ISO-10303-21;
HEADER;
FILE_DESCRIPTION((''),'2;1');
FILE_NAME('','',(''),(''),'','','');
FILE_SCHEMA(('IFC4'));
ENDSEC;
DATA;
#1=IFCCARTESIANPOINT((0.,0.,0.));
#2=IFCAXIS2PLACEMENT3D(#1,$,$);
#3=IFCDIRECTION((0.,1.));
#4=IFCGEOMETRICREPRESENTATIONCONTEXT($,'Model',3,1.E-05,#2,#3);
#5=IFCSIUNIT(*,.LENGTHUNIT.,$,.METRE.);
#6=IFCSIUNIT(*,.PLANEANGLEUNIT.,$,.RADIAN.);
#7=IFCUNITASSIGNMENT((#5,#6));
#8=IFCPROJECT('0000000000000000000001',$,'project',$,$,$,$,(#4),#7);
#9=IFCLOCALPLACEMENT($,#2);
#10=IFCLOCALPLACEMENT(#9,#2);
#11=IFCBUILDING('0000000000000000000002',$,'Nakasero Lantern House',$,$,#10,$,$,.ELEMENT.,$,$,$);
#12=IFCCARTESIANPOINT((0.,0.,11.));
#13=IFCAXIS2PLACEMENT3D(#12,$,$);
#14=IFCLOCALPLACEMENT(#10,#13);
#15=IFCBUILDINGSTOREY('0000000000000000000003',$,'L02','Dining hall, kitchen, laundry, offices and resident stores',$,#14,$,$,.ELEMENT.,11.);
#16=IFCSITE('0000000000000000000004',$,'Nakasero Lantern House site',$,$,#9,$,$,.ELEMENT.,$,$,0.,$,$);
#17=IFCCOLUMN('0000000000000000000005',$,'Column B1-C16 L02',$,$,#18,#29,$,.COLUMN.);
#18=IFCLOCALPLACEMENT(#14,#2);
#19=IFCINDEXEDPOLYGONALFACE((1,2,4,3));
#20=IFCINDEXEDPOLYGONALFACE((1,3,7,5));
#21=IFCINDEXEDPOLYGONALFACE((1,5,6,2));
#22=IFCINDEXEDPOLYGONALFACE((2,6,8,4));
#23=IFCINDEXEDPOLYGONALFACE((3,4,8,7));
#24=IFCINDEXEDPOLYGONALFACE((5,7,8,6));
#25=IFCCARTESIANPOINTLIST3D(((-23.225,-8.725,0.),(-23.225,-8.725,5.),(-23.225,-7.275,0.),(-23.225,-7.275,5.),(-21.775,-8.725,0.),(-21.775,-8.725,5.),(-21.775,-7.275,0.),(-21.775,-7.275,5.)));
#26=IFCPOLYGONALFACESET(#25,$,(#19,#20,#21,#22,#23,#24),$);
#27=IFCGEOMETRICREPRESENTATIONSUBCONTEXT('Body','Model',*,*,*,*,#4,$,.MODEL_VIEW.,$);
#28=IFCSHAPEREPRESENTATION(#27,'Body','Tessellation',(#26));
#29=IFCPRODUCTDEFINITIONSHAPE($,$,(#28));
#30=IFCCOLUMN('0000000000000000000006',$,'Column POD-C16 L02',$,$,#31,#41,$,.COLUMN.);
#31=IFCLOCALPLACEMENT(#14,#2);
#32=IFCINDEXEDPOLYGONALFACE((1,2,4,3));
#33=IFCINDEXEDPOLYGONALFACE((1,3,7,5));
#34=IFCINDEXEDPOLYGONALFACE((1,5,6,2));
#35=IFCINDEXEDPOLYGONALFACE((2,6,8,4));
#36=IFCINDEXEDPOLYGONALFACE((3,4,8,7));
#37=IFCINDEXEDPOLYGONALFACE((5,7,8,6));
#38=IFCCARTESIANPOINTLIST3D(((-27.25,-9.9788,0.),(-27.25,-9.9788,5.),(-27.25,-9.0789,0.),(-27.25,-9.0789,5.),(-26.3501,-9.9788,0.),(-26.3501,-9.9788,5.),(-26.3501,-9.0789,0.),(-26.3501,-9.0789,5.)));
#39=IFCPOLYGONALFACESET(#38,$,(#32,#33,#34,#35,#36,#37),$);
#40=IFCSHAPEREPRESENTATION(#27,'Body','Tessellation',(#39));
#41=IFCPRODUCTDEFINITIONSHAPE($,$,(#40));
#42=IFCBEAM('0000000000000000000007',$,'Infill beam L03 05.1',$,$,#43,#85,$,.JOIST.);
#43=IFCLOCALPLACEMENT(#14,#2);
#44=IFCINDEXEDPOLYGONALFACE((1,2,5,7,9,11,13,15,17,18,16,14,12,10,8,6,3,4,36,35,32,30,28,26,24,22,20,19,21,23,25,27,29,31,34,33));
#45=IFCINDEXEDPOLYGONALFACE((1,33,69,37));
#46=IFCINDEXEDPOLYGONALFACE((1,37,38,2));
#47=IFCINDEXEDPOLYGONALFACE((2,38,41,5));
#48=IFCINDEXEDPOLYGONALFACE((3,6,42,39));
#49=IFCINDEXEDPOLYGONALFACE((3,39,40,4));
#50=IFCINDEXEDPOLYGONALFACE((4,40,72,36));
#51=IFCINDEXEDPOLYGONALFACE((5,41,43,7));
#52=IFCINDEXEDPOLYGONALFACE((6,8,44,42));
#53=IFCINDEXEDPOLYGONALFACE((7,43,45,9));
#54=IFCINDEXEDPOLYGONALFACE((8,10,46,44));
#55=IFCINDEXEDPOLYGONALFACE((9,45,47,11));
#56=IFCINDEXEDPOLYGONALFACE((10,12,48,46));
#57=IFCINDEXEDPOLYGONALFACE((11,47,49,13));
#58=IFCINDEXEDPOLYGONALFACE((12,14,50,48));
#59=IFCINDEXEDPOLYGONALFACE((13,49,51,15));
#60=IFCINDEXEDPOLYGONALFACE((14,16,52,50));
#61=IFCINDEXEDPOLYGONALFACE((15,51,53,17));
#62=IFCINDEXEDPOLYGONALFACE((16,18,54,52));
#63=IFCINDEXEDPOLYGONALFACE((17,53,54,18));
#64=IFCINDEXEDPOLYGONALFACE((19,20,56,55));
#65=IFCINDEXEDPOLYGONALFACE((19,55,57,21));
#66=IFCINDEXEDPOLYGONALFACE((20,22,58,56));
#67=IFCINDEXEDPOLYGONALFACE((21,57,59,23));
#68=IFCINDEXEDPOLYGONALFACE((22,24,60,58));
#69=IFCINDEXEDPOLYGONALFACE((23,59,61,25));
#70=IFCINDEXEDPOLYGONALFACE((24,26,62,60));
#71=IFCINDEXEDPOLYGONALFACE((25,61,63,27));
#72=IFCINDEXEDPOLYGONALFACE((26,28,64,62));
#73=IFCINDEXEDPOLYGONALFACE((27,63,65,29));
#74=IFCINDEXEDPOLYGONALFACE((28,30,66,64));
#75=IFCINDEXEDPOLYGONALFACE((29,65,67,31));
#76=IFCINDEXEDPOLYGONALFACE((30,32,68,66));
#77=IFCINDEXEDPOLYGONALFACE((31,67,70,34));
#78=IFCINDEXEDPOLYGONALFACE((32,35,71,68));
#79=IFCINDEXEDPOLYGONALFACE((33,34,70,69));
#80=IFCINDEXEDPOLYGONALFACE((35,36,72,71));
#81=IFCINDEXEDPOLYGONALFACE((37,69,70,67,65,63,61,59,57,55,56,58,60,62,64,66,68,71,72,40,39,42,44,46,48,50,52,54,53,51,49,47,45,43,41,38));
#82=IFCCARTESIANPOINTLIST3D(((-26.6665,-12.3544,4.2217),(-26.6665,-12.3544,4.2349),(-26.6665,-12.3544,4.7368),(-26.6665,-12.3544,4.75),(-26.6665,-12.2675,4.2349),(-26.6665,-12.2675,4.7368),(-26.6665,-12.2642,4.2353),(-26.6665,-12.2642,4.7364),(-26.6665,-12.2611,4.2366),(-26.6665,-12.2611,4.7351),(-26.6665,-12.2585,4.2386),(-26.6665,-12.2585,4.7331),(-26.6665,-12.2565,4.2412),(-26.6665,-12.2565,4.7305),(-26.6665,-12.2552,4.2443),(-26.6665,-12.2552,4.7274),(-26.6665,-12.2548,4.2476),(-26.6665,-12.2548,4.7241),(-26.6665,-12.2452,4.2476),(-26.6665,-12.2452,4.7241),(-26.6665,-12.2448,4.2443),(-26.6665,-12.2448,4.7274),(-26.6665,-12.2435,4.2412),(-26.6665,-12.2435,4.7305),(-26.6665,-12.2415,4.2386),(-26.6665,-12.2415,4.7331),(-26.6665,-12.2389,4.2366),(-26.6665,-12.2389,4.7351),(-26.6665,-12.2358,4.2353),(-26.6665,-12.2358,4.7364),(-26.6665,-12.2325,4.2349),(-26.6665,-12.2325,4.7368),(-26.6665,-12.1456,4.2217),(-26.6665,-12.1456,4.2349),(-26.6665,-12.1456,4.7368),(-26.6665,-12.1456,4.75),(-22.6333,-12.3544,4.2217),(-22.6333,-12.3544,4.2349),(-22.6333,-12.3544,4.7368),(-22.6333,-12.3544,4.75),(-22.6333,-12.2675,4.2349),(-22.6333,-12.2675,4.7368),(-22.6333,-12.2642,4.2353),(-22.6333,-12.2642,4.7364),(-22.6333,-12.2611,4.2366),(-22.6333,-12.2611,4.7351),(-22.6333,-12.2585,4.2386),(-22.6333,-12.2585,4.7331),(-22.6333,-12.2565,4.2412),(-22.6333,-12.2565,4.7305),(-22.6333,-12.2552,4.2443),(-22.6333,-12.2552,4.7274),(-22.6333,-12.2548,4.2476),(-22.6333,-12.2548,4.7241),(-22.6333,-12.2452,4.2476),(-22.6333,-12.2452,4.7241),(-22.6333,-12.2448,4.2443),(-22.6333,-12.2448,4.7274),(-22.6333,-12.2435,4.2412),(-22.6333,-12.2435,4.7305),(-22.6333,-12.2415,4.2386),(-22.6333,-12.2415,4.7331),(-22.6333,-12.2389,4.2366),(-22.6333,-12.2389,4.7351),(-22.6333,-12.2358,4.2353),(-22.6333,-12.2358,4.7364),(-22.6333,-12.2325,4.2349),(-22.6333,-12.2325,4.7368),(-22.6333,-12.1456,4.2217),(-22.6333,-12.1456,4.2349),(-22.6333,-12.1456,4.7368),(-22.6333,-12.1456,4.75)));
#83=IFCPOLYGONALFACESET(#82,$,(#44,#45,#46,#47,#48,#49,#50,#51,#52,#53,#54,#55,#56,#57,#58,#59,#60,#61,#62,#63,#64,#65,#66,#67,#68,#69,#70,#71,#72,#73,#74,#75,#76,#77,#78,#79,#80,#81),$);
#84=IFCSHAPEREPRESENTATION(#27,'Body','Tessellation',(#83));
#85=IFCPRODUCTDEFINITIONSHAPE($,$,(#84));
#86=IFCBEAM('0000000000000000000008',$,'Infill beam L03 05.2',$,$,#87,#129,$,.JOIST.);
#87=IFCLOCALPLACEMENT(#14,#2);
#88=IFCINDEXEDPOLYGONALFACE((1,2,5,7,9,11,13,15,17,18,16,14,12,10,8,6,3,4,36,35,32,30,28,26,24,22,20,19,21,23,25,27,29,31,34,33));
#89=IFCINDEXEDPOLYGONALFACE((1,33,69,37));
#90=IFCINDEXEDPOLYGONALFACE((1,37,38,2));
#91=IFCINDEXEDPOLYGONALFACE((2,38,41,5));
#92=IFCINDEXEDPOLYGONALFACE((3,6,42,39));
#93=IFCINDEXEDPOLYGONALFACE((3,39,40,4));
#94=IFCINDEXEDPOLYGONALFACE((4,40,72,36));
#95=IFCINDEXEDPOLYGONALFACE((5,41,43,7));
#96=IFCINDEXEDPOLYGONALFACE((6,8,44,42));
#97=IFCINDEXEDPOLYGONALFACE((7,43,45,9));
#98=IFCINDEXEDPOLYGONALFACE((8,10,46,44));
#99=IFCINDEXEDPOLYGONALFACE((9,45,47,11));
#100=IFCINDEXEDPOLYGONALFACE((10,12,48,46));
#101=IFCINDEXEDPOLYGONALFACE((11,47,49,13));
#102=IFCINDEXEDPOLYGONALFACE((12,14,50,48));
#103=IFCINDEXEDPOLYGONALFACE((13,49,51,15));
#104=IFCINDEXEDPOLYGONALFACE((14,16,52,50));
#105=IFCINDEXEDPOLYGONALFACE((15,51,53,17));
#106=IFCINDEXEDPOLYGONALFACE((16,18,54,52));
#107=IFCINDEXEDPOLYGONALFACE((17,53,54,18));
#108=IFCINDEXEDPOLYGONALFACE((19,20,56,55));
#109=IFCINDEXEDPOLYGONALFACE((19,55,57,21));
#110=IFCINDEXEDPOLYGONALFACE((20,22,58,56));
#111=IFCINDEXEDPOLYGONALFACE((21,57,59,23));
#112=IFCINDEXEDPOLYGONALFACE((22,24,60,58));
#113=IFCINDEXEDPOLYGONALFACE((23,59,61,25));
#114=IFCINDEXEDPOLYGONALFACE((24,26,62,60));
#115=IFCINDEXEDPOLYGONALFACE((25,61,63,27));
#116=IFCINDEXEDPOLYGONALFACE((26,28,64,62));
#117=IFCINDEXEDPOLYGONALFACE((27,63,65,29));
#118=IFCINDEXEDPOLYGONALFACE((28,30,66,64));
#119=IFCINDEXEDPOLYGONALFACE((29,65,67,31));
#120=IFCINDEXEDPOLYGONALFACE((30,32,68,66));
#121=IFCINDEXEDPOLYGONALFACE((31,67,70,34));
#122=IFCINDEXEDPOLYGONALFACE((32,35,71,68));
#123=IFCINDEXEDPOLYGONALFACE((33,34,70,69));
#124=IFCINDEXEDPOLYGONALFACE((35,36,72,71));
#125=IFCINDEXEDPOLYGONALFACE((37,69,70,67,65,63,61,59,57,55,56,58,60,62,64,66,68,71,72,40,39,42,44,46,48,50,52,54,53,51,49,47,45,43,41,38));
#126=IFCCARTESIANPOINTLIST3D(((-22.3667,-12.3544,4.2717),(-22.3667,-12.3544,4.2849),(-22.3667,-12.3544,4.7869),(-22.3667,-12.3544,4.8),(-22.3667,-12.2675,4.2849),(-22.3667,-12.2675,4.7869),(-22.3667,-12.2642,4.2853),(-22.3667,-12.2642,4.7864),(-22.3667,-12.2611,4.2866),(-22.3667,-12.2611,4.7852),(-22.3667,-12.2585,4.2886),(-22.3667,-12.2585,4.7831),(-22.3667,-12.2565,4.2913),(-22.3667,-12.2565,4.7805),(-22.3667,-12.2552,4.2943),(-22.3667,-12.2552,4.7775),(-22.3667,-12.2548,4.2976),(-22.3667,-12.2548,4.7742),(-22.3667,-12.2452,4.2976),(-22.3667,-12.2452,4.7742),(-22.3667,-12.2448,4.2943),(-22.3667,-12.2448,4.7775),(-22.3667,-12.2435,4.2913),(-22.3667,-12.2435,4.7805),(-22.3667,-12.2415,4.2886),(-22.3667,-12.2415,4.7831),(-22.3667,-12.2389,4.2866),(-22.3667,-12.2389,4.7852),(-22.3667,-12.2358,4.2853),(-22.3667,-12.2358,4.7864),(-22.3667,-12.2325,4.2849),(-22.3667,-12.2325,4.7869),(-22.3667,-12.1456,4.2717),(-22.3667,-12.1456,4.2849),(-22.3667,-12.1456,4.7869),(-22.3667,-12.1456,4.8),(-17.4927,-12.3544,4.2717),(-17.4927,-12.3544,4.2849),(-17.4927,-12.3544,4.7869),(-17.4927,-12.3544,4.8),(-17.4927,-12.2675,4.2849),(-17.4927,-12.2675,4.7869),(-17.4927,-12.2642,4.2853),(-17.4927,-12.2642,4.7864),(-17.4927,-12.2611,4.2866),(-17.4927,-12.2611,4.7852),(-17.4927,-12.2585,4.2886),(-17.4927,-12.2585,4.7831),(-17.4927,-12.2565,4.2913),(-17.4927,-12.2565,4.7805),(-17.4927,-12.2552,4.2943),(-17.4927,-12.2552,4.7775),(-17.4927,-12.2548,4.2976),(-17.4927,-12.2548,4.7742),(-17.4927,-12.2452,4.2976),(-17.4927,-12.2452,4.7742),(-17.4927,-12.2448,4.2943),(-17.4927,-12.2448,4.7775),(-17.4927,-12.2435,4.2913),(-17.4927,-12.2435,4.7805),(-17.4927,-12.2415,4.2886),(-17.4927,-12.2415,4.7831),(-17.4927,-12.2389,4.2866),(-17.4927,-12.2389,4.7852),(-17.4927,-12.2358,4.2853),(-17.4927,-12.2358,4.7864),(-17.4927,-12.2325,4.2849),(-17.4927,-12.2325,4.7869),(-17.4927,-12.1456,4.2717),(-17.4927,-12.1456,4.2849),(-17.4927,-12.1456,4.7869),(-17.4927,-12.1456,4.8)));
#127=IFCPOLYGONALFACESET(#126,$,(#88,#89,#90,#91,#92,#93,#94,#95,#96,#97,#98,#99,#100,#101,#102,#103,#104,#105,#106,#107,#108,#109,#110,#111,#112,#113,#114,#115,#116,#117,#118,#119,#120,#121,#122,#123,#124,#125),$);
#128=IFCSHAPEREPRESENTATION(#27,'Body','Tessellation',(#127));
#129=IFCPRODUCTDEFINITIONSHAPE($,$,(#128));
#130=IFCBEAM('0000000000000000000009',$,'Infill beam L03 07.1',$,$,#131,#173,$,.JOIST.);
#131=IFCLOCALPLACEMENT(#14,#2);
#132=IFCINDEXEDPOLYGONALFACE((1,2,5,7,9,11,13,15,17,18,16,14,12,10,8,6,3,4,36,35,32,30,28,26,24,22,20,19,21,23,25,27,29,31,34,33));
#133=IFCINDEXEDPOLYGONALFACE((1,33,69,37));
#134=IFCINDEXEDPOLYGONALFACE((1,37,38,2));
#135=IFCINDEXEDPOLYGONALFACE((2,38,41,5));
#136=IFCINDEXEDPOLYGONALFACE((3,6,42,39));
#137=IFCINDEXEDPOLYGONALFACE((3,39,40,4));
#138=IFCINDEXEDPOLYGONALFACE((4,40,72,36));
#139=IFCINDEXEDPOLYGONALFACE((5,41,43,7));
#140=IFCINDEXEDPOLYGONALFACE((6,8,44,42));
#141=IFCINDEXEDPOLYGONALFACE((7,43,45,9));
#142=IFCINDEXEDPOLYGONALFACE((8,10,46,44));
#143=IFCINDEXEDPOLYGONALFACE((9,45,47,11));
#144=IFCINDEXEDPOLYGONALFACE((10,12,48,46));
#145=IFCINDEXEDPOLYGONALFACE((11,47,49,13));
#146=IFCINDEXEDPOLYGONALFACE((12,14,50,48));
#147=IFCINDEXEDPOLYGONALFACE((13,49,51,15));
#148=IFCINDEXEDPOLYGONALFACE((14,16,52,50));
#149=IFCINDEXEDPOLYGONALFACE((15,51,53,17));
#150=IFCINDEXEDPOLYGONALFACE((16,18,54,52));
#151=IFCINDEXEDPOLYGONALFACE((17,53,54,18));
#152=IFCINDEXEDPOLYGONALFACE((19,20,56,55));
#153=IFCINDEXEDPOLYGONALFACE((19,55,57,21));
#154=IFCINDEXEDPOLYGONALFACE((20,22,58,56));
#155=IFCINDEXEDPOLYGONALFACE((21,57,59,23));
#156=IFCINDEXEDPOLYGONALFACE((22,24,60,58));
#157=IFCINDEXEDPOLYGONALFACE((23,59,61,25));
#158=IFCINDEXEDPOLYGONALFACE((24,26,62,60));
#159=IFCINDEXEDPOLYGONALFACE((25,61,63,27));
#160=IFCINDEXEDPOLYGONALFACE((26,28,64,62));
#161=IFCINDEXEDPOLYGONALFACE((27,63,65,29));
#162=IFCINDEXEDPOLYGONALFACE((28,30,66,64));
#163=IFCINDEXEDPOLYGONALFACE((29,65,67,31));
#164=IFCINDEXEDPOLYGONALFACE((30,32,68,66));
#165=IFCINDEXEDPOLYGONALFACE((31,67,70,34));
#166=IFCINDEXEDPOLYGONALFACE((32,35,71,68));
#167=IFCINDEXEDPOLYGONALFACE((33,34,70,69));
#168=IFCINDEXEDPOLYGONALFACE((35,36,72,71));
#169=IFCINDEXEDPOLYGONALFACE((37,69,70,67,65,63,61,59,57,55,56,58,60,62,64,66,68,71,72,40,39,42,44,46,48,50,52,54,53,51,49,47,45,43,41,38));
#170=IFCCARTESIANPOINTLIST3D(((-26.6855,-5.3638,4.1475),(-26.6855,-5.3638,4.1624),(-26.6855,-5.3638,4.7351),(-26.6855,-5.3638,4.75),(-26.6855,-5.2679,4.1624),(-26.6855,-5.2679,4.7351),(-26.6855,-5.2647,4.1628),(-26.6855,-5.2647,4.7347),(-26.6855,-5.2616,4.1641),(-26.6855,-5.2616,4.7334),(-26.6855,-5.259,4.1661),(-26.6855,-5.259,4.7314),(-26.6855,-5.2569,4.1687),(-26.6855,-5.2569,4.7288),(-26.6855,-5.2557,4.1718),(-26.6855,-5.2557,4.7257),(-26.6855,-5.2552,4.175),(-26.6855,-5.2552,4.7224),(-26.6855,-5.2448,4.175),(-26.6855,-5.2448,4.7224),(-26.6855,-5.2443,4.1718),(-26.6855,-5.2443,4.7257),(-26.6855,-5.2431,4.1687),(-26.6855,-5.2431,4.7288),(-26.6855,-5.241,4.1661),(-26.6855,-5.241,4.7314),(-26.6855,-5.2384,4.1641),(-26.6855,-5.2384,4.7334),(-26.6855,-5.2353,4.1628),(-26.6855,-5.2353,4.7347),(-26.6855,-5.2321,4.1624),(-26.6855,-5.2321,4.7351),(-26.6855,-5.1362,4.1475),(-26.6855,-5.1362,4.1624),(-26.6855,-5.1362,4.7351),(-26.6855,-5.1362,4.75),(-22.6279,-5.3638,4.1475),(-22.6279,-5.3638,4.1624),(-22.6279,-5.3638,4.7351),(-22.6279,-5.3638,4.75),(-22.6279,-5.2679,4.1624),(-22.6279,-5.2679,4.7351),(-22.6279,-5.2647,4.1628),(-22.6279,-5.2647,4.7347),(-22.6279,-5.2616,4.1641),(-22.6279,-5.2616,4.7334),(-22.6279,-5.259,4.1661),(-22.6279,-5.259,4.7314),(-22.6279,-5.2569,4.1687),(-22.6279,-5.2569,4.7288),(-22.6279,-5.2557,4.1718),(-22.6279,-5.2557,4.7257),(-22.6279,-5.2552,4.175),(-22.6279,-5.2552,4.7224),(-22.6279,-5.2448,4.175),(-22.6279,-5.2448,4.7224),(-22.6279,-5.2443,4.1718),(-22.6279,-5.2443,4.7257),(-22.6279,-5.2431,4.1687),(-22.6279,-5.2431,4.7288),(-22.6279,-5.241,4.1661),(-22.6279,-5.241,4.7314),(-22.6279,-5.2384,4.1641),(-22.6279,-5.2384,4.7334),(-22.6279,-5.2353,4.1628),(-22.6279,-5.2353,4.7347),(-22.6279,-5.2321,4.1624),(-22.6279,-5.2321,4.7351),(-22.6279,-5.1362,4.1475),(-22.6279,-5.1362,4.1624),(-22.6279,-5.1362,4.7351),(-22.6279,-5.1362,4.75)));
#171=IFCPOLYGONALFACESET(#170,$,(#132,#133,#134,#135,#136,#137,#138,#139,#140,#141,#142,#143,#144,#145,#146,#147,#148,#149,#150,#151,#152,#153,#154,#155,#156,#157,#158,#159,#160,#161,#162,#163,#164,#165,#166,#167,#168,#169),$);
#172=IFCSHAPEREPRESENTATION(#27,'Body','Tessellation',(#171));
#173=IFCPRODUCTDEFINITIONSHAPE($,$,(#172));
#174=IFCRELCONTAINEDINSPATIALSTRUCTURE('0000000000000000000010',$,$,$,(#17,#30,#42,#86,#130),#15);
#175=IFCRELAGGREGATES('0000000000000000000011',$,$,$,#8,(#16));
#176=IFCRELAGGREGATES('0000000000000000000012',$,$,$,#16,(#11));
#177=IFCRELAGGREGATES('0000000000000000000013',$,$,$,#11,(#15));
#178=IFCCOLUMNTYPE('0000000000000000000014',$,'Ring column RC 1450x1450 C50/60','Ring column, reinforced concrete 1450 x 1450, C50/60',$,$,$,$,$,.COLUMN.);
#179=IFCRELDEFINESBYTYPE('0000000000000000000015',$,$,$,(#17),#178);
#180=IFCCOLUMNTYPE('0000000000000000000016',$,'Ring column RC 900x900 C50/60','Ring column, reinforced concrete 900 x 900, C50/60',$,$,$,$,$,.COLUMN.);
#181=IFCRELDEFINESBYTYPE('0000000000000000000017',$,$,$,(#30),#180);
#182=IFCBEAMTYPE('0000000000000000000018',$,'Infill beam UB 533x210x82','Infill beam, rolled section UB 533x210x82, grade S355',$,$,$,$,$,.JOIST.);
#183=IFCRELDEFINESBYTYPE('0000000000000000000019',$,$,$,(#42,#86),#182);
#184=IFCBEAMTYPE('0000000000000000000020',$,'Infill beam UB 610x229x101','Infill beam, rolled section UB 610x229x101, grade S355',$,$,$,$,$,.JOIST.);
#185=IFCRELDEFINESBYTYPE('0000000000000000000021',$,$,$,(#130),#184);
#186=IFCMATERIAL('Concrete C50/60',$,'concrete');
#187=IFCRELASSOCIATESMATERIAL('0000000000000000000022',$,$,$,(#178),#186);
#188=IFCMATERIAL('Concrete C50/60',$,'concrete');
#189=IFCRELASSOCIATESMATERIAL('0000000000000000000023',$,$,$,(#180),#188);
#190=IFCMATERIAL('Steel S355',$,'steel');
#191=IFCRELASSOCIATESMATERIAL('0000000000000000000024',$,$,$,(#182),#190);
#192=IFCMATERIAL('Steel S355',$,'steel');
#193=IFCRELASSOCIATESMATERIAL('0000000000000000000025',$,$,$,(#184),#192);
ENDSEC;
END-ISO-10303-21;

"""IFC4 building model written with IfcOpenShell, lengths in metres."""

from ifc_helpers import new_model, si_unit, direction, frame, origin, origin_2d, place, context, subcontext, project, spatial, rectangle, i_section, extrude, material, material_profile, profile_set, type_object, element, save


model = new_model("IFC4")

# Units and contexts
model_context = context("Model", 3, precision=1e-05, world=origin(), true_north=direction((0.0, 1.0)))
body_context = subcontext(model_context, "Body", "Model", "MODEL_VIEW")
ifc_project = project(units=[si_unit("LENGTHUNIT", "METRE"), si_unit("PLANEANGLEUNIT", "RADIAN")], contexts=[model_context])

# Site, building, storey
site_placement = place(None, origin())
site = spatial("IfcSite", under=ifc_project, at=site_placement, Name="Nakasero Lantern House site", CompositionType="ELEMENT", RefElevation=0.0)
building_placement = place(site_placement, origin())
building = spatial("IfcBuilding", under=site, at=building_placement, Name="Nakasero Lantern House", CompositionType="ELEMENT")
storey_placement = place(building_placement, frame((0.0, 0.0, 11.0)))
storey = spatial("IfcBuildingStorey", under=building, at=storey_placement, Name="L02", Description="Dining hall, kitchen, laundry, offices and resident stores", CompositionType="ELEMENT", Elevation=11.0)

# Columns
ifc_material_1 = material(Name="Concrete C50/60", Category="concrete")
ifc_material_profile_1 = material_profile(ifc_material_1, rectangle(XDim=1.45, YDim=1.45, at=origin_2d()), Name="RC 1450x1450")
ifc_profile_set_1 = profile_set([ifc_material_profile_1], Name="Concrete C50/60")
column_type_1 = type_object("IfcColumnType", Name="Ring column RC 1450x1450 C50/60", Description="Ring column, reinforced concrete 1450 x 1450, C50/60", PredefinedType="COLUMN", material=ifc_profile_set_1)
column_1_placement = place(storey_placement, frame((-22.5, -8.0, 0.0), z_axis=(0.0, 0.0, 1.0), x_axis=(1.0, 0.0, 0.0)))
element("IfcColumn", 1, at=column_1_placement, inside=storey, type_object=column_type_1, Name="Column B1-C16 L02", PredefinedType="COLUMN", context=body_context, shape_type="SweptSolid", body=[
    extrude(rectangle(XDim=1.45, YDim=1.45, at=origin_2d()), origin(), (0.0, 0.0, 1.0), 5.0),
])
ifc_material_2 = material(Name="Concrete C50/60", Category="concrete")
ifc_material_profile_2 = material_profile(ifc_material_2, rectangle(XDim=0.8999, YDim=0.8999, at=origin_2d()), Name="RC 900x900")
ifc_profile_set_2 = profile_set([ifc_material_profile_2], Name="Concrete C50/60")
column_type_2 = type_object("IfcColumnType", Name="Ring column RC 900x900 C50/60", Description="Ring column, reinforced concrete 900 x 900, C50/60", PredefinedType="COLUMN", material=ifc_profile_set_2)
column_2_placement = place(storey_placement, frame((-26.8, -9.5288, 0.0), z_axis=(0.0, 0.0, 1.0), x_axis=(1.0, 0.0, 0.0)))
element("IfcColumn", 2, at=column_2_placement, inside=storey, type_object=column_type_2, Name="Column POD-C16 L02", PredefinedType="COLUMN", context=body_context, shape_type="SweptSolid", body=[
    extrude(rectangle(XDim=0.8999, YDim=0.8999, at=origin_2d()), origin(), (0.0, 0.0, 1.0), 5.0),
])

# Beams
ifc_material_3 = material(Name="Steel S355", Category="steel")
ifc_material_profile_3 = material_profile(ifc_material_3, i_section(OverallWidth=0.2087, OverallDepth=0.5283, WebThickness=0.0095, FlangeThickness=0.0132, FilletRadius=0.0127, at=origin_2d()), Name="UB 533x210x82")
ifc_profile_set_3 = profile_set([ifc_material_profile_3], Name="Steel S355")
beam_type_1 = type_object("IfcBeamType", Name="Infill beam UB 533x210x82", Description="Infill beam, rolled section UB 533x210x82, grade S355", PredefinedType="JOIST", material=ifc_profile_set_3)
beam_1_placement = place(storey_placement, frame((-26.6665, -12.25, 4.4858), z_axis=(1.0, 0.0, 0.0), x_axis=(0.0, 1.0, 0.0)))
element("IfcBeam", 3, at=beam_1_placement, inside=storey, type_object=beam_type_1, Name="Infill beam L03 05.1", PredefinedType="JOIST", context=body_context, shape_type="SweptSolid", body=[
    extrude(i_section(OverallWidth=0.2087, OverallDepth=0.5283, WebThickness=0.0095, FlangeThickness=0.0132, FilletRadius=0.0127, at=origin_2d()), origin(), (0.0, 0.0, 1.0), 4.0332),
])
beam_2_placement = place(storey_placement, frame((-22.3667, -12.25, 4.5359), z_axis=(1.0, 0.0, 0.0), x_axis=(0.0, 1.0, 0.0)))
element("IfcBeam", 4, at=beam_2_placement, inside=storey, type_object=beam_type_1, Name="Infill beam L03 05.2", PredefinedType="JOIST", context=body_context, shape_type="SweptSolid", body=[
    extrude(i_section(OverallWidth=0.2087, OverallDepth=0.5283, WebThickness=0.0095, FlangeThickness=0.0132, FilletRadius=0.0127, at=origin_2d()), origin(), (0.0, 0.0, 1.0), 4.874),
])
ifc_material_4 = material(Name="Steel S355", Category="steel")
ifc_material_profile_4 = material_profile(ifc_material_4, i_section(OverallWidth=0.2275, OverallDepth=0.6025, WebThickness=0.0105, FlangeThickness=0.0149, FilletRadius=0.0127, at=origin_2d()), Name="UB 610x229x101")
ifc_profile_set_4 = profile_set([ifc_material_profile_4], Name="Steel S355")
beam_type_2 = type_object("IfcBeamType", Name="Infill beam UB 610x229x101", Description="Infill beam, rolled section UB 610x229x101, grade S355", PredefinedType="JOIST", material=ifc_profile_set_4)
beam_3_placement = place(storey_placement, frame((-26.6855, -5.25, 4.4487), z_axis=(1.0, 0.0, 0.0), x_axis=(0.0, 1.0, 0.0)))
element("IfcBeam", 5, at=beam_3_placement, inside=storey, type_object=beam_type_2, Name="Infill beam L03 07.1", PredefinedType="JOIST", context=body_context, shape_type="SweptSolid", body=[
    extrude(i_section(OverallWidth=0.2275, OverallDepth=0.6025, WebThickness=0.0105, FlangeThickness=0.0149, FilletRadius=0.0127, at=origin_2d()), origin(), (0.0, 0.0, 1.0), 4.0576),
])

save(model, "model.ifc")
